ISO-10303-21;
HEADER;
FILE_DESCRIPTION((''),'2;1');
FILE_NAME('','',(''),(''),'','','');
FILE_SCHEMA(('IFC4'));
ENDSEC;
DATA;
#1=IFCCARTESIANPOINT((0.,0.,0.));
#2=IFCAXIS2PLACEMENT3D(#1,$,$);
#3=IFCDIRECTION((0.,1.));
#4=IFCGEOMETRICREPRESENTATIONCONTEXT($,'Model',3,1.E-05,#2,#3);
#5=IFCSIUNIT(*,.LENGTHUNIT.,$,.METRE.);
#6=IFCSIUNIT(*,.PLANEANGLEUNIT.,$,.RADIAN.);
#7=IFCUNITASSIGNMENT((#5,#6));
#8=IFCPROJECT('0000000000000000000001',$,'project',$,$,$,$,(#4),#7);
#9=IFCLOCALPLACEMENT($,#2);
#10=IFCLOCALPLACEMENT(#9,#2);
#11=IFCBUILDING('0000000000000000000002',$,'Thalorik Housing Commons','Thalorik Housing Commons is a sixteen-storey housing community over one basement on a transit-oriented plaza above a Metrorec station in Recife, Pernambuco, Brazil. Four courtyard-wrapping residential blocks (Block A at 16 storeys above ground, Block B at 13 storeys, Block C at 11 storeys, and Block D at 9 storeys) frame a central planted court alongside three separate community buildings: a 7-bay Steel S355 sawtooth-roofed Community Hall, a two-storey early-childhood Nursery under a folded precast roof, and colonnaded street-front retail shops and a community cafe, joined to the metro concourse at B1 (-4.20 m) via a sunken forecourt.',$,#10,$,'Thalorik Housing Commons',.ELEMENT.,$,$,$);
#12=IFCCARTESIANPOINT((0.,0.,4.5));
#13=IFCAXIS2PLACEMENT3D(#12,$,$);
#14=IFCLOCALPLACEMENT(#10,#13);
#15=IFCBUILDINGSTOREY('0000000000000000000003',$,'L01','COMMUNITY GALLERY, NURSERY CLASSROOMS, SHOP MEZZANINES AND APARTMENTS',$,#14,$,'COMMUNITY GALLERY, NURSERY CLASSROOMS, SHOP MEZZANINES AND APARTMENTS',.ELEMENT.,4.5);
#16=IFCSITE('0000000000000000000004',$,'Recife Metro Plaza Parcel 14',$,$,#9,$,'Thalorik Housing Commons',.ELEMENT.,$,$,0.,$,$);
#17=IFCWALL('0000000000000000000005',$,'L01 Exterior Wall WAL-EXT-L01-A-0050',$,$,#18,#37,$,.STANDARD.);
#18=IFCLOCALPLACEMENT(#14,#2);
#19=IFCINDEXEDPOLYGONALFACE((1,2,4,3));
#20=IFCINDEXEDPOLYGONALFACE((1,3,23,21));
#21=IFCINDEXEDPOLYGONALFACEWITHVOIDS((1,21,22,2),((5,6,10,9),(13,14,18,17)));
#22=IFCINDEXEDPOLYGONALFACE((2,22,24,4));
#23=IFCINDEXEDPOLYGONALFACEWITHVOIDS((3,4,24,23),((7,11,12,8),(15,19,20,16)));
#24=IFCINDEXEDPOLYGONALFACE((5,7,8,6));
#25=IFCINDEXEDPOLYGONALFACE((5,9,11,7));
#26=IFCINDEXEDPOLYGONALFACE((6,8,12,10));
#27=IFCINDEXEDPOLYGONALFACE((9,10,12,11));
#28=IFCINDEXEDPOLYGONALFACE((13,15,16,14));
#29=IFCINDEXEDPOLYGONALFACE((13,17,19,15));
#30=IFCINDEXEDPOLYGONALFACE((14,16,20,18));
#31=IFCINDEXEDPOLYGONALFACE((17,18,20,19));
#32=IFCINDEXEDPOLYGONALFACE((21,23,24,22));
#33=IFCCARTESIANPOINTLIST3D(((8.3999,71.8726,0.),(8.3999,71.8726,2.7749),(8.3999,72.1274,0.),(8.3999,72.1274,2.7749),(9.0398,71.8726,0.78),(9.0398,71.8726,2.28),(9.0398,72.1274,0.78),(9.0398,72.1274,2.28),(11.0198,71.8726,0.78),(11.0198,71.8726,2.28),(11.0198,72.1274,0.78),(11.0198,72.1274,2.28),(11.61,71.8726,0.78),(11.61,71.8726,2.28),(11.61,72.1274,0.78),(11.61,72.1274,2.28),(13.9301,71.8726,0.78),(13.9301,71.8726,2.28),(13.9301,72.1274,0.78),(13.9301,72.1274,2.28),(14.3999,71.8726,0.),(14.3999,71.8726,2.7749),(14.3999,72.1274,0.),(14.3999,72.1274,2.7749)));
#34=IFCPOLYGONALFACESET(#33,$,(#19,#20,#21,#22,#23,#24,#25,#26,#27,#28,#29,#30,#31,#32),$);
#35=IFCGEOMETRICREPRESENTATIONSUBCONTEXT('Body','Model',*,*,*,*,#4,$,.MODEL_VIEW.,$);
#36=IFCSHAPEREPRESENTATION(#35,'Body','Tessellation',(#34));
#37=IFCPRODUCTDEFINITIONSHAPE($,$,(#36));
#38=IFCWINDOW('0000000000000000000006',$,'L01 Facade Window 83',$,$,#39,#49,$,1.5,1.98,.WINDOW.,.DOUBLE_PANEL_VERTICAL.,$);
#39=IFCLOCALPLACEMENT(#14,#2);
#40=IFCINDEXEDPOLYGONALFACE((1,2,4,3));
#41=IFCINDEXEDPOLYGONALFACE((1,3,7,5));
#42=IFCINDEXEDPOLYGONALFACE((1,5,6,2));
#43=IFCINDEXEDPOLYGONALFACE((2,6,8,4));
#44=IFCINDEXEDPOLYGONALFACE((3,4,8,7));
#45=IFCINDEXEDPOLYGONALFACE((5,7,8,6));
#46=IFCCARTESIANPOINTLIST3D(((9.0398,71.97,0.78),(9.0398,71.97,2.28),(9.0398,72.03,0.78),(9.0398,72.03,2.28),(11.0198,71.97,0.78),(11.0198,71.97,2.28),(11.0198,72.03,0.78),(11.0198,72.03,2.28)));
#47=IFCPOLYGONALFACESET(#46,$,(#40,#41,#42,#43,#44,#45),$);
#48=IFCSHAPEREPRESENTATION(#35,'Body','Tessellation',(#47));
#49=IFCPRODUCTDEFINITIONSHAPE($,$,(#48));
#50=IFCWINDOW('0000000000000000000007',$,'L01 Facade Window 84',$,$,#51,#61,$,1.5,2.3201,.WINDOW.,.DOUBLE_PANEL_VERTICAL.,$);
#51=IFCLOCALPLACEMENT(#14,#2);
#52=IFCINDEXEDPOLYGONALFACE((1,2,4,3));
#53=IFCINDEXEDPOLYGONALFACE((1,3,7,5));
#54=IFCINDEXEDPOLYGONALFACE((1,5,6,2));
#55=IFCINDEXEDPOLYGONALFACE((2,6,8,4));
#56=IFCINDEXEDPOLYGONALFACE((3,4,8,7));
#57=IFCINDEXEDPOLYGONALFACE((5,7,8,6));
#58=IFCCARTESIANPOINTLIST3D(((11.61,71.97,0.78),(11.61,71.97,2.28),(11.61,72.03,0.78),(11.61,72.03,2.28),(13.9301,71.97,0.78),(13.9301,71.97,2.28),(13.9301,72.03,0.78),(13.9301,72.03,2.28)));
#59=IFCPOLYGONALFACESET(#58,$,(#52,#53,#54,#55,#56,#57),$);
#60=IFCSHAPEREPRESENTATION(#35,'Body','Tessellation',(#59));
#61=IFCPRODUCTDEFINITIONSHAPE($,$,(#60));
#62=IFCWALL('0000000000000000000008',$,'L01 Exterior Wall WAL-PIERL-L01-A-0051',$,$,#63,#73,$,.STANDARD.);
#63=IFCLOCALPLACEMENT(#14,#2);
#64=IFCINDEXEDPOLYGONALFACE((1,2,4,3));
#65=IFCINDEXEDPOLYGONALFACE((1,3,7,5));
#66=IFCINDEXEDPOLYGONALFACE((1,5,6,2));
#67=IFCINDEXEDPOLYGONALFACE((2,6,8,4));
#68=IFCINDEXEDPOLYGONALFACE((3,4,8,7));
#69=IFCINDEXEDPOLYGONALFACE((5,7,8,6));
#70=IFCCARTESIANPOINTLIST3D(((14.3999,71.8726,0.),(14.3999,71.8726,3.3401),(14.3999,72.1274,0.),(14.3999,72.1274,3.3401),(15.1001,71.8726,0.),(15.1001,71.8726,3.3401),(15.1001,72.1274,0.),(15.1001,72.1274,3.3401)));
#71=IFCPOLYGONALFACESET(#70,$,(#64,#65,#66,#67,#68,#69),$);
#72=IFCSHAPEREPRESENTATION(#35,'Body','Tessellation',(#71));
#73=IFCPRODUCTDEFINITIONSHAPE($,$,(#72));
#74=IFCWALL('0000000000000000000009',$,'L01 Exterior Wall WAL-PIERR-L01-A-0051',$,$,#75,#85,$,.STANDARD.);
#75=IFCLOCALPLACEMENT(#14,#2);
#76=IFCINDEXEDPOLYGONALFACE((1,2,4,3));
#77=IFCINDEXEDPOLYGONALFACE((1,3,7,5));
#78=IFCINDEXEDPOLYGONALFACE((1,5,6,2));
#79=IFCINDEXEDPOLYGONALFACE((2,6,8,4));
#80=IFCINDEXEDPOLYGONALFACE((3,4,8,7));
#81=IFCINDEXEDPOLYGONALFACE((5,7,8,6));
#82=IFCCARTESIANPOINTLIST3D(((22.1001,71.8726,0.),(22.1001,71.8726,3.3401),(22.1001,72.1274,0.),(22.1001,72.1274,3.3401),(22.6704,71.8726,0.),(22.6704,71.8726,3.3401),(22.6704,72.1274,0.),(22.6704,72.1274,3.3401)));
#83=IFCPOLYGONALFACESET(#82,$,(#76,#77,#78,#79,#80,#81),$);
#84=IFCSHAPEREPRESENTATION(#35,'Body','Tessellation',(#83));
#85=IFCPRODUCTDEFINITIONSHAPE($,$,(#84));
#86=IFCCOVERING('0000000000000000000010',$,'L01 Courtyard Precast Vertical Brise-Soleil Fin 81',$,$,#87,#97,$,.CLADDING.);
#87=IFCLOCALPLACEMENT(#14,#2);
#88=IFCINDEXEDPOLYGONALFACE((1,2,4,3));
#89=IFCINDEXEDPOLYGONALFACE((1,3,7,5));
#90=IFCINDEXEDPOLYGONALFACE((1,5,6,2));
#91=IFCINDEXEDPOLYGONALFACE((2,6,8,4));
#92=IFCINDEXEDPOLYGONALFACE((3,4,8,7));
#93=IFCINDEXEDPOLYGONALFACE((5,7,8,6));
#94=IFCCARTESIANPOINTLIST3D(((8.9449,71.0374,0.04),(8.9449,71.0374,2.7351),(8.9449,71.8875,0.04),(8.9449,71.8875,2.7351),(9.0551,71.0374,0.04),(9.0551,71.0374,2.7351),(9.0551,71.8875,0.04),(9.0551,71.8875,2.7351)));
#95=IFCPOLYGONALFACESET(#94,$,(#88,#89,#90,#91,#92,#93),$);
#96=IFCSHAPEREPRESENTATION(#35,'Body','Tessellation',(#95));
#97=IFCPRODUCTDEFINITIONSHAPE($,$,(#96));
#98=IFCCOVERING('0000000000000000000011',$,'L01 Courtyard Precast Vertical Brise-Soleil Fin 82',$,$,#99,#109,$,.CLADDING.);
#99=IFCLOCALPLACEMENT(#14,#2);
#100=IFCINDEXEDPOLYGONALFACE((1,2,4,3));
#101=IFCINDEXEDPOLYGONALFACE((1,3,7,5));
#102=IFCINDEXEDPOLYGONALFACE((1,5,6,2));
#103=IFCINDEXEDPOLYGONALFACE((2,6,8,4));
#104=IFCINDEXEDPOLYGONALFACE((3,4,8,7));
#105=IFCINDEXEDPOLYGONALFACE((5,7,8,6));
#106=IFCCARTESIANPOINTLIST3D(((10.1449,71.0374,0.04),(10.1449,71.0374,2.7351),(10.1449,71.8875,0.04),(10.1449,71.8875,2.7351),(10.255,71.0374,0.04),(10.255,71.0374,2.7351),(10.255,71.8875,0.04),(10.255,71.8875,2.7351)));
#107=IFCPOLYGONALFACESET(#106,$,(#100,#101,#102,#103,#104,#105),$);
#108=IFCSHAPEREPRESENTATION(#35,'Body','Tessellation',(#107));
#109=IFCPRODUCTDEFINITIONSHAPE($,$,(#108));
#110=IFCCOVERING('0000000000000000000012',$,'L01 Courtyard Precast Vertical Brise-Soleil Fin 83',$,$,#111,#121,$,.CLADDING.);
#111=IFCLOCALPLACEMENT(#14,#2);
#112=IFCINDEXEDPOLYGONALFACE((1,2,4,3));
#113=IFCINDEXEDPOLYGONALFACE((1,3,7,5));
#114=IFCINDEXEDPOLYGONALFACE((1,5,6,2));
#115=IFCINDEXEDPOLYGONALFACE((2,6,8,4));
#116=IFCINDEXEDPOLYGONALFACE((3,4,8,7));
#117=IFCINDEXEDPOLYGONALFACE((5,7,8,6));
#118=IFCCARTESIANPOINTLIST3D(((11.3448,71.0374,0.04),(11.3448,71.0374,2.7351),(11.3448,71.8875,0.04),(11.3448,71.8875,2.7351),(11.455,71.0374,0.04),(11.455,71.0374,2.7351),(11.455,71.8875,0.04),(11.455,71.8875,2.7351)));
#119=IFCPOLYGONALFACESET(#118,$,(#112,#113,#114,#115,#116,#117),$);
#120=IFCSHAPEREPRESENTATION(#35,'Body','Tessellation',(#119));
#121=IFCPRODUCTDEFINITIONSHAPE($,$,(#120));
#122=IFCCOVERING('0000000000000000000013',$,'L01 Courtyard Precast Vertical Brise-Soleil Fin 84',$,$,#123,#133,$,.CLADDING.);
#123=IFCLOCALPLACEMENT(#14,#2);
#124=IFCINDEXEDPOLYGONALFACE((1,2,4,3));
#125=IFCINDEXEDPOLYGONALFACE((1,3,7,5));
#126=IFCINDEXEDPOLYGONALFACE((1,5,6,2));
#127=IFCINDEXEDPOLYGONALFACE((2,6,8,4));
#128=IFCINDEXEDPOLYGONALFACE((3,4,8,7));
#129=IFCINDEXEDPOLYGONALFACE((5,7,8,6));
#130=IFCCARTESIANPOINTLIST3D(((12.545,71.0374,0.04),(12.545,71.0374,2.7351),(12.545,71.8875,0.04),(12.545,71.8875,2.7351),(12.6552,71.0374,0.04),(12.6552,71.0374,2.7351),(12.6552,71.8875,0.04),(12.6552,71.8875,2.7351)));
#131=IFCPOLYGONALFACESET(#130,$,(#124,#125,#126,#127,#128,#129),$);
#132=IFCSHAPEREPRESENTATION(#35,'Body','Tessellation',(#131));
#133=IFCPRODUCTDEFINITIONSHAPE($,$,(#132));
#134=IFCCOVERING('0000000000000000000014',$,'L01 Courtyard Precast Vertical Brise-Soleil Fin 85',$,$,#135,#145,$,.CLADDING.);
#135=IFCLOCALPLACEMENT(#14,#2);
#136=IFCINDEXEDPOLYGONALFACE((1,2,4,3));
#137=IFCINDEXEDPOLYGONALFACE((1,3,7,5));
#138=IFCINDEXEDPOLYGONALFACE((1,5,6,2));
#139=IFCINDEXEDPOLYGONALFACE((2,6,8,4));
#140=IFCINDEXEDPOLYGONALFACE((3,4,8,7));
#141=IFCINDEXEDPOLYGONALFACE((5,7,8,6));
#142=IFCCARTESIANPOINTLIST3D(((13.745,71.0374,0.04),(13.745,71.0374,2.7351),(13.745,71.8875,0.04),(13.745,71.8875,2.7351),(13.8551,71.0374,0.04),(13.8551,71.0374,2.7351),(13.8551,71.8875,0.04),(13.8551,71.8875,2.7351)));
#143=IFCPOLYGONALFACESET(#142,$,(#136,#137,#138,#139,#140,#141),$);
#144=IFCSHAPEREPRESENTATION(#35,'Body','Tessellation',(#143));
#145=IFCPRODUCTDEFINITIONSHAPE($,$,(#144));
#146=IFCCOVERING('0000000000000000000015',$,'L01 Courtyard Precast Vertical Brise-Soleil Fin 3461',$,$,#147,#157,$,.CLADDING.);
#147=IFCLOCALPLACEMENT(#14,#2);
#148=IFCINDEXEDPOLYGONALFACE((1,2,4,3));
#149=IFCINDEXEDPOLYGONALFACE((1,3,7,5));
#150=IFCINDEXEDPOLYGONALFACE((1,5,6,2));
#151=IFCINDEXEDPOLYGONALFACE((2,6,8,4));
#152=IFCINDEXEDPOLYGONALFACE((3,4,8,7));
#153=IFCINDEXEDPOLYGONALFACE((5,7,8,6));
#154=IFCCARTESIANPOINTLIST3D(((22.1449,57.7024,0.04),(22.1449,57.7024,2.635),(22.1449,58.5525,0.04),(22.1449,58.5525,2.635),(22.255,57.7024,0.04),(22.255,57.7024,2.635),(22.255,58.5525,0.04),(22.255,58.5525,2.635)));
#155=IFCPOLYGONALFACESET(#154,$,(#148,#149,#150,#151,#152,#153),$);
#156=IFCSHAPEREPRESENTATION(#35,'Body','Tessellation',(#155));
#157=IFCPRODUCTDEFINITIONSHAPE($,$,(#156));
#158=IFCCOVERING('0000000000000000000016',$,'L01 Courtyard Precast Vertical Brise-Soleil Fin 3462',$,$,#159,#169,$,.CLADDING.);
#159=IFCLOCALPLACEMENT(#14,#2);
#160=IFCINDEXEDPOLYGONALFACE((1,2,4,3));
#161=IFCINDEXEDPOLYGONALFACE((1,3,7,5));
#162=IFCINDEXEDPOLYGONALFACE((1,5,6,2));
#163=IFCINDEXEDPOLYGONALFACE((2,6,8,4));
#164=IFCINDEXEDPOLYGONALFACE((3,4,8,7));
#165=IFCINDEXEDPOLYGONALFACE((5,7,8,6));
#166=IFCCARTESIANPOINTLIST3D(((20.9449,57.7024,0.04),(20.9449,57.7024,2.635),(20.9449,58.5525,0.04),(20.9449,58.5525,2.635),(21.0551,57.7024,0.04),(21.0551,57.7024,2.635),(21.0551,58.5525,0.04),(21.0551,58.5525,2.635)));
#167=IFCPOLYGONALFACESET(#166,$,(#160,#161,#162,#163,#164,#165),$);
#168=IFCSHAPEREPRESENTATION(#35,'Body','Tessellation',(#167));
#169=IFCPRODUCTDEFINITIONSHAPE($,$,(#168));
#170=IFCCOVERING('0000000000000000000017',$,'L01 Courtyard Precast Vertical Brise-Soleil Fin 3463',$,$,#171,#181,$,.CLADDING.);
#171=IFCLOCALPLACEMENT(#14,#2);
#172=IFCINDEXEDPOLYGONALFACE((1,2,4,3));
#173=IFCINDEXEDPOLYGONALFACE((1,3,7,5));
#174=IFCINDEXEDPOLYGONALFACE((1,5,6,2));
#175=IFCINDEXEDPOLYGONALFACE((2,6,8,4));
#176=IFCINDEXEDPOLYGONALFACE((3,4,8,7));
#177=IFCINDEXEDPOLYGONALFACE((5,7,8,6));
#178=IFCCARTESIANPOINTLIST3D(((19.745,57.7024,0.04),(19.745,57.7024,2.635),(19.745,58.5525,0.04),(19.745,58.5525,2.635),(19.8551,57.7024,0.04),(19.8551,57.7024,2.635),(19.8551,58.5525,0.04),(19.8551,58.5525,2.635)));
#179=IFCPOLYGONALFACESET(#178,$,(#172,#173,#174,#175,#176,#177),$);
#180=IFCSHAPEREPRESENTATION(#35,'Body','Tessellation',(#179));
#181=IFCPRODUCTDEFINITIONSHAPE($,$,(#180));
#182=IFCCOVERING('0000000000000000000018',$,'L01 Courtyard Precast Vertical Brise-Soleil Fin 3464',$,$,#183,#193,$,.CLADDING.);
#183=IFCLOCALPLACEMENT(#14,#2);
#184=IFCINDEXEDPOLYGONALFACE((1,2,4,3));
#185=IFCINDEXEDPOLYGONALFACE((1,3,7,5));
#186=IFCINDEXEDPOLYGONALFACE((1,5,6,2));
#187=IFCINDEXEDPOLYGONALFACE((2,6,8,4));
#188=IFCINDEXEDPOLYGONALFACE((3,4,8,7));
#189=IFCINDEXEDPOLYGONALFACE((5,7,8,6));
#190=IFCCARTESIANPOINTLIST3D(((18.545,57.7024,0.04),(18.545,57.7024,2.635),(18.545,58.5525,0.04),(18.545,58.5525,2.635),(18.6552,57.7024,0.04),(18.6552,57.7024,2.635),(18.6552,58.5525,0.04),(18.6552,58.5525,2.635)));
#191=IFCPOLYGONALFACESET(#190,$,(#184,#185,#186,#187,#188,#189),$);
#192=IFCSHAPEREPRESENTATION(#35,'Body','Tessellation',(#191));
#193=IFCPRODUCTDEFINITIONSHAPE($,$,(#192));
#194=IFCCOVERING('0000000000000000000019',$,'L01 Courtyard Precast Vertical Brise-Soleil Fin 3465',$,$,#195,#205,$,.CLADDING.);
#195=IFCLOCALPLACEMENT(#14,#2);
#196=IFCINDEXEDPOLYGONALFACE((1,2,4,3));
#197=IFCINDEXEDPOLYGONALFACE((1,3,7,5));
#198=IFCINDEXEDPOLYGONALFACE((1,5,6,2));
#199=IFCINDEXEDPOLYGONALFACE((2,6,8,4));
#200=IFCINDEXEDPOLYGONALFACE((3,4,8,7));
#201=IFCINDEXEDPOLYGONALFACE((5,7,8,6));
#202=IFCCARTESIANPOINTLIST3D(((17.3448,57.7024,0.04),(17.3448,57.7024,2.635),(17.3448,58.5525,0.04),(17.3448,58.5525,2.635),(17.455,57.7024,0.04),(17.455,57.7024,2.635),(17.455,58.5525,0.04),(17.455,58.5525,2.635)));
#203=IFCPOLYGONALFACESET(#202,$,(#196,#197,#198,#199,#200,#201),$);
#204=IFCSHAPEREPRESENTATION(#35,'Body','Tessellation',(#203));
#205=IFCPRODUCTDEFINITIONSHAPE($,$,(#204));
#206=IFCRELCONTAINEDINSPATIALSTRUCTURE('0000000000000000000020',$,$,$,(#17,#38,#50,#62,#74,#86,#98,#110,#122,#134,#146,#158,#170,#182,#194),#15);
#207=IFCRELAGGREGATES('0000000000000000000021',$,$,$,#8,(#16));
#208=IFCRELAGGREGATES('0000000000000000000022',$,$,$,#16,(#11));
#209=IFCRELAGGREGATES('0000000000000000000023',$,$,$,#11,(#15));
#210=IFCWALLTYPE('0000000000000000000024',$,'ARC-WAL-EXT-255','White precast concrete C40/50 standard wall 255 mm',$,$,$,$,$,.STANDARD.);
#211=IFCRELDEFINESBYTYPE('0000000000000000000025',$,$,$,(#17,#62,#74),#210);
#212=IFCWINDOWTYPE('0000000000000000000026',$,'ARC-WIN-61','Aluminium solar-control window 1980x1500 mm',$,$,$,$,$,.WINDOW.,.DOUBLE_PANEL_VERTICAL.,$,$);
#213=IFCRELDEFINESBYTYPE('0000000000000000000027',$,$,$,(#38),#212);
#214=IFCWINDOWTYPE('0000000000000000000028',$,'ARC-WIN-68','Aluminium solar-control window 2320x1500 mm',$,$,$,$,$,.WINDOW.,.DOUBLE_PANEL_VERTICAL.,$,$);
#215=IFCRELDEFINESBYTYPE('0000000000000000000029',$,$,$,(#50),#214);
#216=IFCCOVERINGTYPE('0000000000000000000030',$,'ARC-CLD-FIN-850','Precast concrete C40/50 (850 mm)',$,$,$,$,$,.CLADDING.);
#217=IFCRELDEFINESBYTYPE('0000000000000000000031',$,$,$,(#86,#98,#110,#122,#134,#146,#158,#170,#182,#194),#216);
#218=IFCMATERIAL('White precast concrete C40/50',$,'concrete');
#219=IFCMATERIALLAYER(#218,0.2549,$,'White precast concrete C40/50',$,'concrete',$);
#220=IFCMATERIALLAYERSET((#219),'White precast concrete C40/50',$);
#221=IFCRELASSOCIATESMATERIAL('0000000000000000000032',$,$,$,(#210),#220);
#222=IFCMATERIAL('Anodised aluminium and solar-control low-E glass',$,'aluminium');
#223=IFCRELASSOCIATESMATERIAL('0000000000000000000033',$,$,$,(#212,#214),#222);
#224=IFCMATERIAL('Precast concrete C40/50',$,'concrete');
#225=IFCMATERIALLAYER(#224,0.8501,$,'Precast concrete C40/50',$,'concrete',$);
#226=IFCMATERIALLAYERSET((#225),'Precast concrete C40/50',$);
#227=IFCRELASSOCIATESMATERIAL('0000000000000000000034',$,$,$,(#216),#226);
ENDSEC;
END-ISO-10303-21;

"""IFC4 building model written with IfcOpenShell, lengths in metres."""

from ifc_helpers import new_model, si_unit, direction, frame, frame_2d, origin, origin_2d, place, context, subcontext, project, spatial, rectangle, extrude, material, layer, layer_set, type_object, element, fill, save


model = new_model("IFC4")

# Units and contexts
model_context = context("Model", 3, precision=1e-05, world=origin(), true_north=direction((0.0, 1.0)))
body_context = subcontext(model_context, "Body", "Model", "MODEL_VIEW")
ifc_project = project(units=[si_unit("LENGTHUNIT", "METRE"), si_unit("PLANEANGLEUNIT", "RADIAN")], contexts=[model_context])

# Site, building, storey
site_placement = place(None, origin())
site = spatial("IfcSite", under=ifc_project, at=site_placement, Name="Recife Metro Plaza Parcel 14", LongName="Thalorik Housing Commons", CompositionType="ELEMENT", RefElevation=0.0)
building_placement = place(site_placement, origin())
building = spatial("IfcBuilding", under=site, at=building_placement, Name="Thalorik Housing Commons", Description="Thalorik Housing Commons is a sixteen-storey housing community over one basement on a transit-oriented plaza above a Metrorec station in Recife, Pernambuco, Brazil. Four courtyard-wrapping residential blocks (Block A at 16 storeys above ground, Block B at 13 storeys, Block C at 11 storeys, and Block D at 9 storeys) frame a central planted court alongside three separate community buildings: a 7-bay Steel S355 sawtooth-roofed Community Hall, a two-storey early-childhood Nursery under a folded precast roof, and colonnaded street-front retail shops and a community cafe, joined to the metro concourse at B1 (-4.20 m) via a sunken forecourt.", LongName="Thalorik Housing Commons", CompositionType="ELEMENT")
storey_placement = place(building_placement, frame((0.0, 0.0, 4.5)))
storey = spatial("IfcBuildingStorey", under=building, at=storey_placement, Name="L01", Description="COMMUNITY GALLERY, NURSERY CLASSROOMS, SHOP MEZZANINES AND APARTMENTS", LongName="COMMUNITY GALLERY, NURSERY CLASSROOMS, SHOP MEZZANINES AND APARTMENTS", CompositionType="ELEMENT", Elevation=4.5)

# Shared definitions
ifc_material_1 = material(Name="Precast concrete C40/50", Category="concrete")

# Shared definitions
ifc_material_2 = material(Name="Anodised aluminium and solar-control low-E glass", Category="aluminium")

# Wall, openings, windows
ifc_material_3 = material(Name="White precast concrete C40/50", Category="concrete")
ifc_layer_1 = layer(ifc_material_3, 0.2549, Name="White precast concrete C40/50", Category="concrete")
ifc_layer_set_1 = layer_set([ifc_layer_1], Name="White precast concrete C40/50")
wall_type = type_object("IfcWallType", Name="ARC-WAL-EXT-255", Description="White precast concrete C40/50 standard wall 255 mm", PredefinedType="STANDARD", material=ifc_layer_set_1)
wall_1_placement = place(storey_placement, frame((8.3999, 72.0, 0.0), z_axis=(0.0, 0.0, 1.0), x_axis=(1.0, 0.0, 0.0)))
wall_1 = element("IfcWall", 1, at=wall_1_placement, inside=storey, type_object=wall_type, Name="L01 Exterior Wall WAL-EXT-L01-A-0050", PredefinedType="STANDARD", context=body_context, shape_type="SweptSolid", body=[
    extrude(rectangle(XDim=6.0, YDim=0.2549, at=frame_2d((3.0, 0.0))), origin(), (0.0, 0.0, 1.0), 2.7749),
])
opening_1_placement = place(wall_1_placement, frame((0.6399, 0.0, 0.78)))
opening_1 = element("IfcOpeningElement", 2, at=opening_1_placement, cuts=wall_1, PredefinedType="OPENING", context=body_context, shape_type="SweptSolid", body=[
    extrude(rectangle(XDim=1.98, YDim=1.5, at=frame_2d((0.99, 0.75))), frame((0.0, 0.1375, 0.0), z_axis=(0.0, -1.0, 0.0), x_axis=(1.0, 0.0, 0.0)), (0.0, 0.0, 1.0), 0.2749),
])
opening_2_placement = place(wall_1_placement, frame((3.21, 0.0, 0.78)))
opening_2 = element("IfcOpeningElement", 3, at=opening_2_placement, cuts=wall_1, PredefinedType="OPENING", context=body_context, shape_type="SweptSolid", body=[
    extrude(rectangle(XDim=2.3201, YDim=1.5, at=frame_2d((1.1602, 0.75))), frame((0.0, 0.1375, 0.0), z_axis=(0.0, -1.0, 0.0), x_axis=(1.0, 0.0, 0.0)), (0.0, 0.0, 1.0), 0.2749),
])
window_type_1 = type_object("IfcWindowType", Name="ARC-WIN-61", Description="Aluminium solar-control window 1980x1500 mm", PartitioningType="DOUBLE_PANEL_VERTICAL", PredefinedType="WINDOW", material=ifc_material_2)
window_1_placement = place(opening_1_placement, origin())
window_1 = element("IfcWindow", 4, at=window_1_placement, inside=storey, type_object=window_type_1, Name="L01 Facade Window 83", OverallHeight=1.5, OverallWidth=1.98, PartitioningType="DOUBLE_PANEL_VERTICAL", PredefinedType="WINDOW", context=body_context, shape_type="SweptSolid", body=[
    extrude(rectangle(XDim=1.98, YDim=1.5, at=frame_2d((0.99, 0.75))), frame((0.0, 0.03, 0.0), z_axis=(0.0, -1.0, 0.0), x_axis=(1.0, 0.0, 0.0)), (0.0, 0.0, 1.0), 0.0601),
])
fill(opening_1, window_1)
window_type_2 = type_object("IfcWindowType", Name="ARC-WIN-68", Description="Aluminium solar-control window 2320x1500 mm", PartitioningType="DOUBLE_PANEL_VERTICAL", PredefinedType="WINDOW", material=ifc_material_2)
window_2_placement = place(opening_2_placement, origin())
window_2 = element("IfcWindow", 5, at=window_2_placement, inside=storey, type_object=window_type_2, Name="L01 Facade Window 84", OverallHeight=1.5, OverallWidth=2.3201, PartitioningType="DOUBLE_PANEL_VERTICAL", PredefinedType="WINDOW", context=body_context, shape_type="SweptSolid", body=[
    extrude(rectangle(XDim=2.3201, YDim=1.5, at=frame_2d((1.1602, 0.75))), frame((0.0, 0.03, 0.0), z_axis=(0.0, -1.0, 0.0), x_axis=(1.0, 0.0, 0.0)), (0.0, 0.0, 1.0), 0.0601),
])
fill(opening_2, window_2)

# Walls
wall_2_placement = place(storey_placement, frame((14.3999, 72.0, 0.0), z_axis=(0.0, 0.0, 1.0), x_axis=(1.0, 0.0, 0.0)))
element("IfcWall", 6, at=wall_2_placement, inside=storey, type_object=wall_type, Name="L01 Exterior Wall WAL-PIERL-L01-A-0051", PredefinedType="STANDARD", context=body_context, shape_type="SweptSolid", body=[
    extrude(rectangle(XDim=0.7002, YDim=0.2549, at=frame_2d((0.3501, 0.0))), origin(), (0.0, 0.0, 1.0), 3.3401),
])
wall_3_placement = place(storey_placement, frame((22.1001, 72.0, 0.0), z_axis=(0.0, 0.0, 1.0), x_axis=(1.0, 0.0, 0.0)))
element("IfcWall", 7, at=wall_3_placement, inside=storey, type_object=wall_type, Name="L01 Exterior Wall WAL-PIERR-L01-A-0051", PredefinedType="STANDARD", context=body_context, shape_type="SweptSolid", body=[
    extrude(rectangle(XDim=0.5703, YDim=0.2549, at=frame_2d((0.2852, 0.0))), origin(), (0.0, 0.0, 1.0), 3.3401),
])

# Coverings
ifc_layer_2 = layer(ifc_material_1, 0.8501, Name="Precast concrete C40/50", Category="concrete")
ifc_layer_set_2 = layer_set([ifc_layer_2], Name="Precast concrete C40/50")
covering_type_1 = type_object("IfcCoveringType", Name="ARC-CLD-FIN-850", Description="Precast concrete C40/50 (850 mm)", PredefinedType="CLADDING", material=ifc_layer_set_2)
for number, where, z_axis, x_axis, name in (
    (8, (9.0, 71.4624, 0.04), (0.0, 0.0, 1.0), (1.0, 0.0, 0.0), "L01 Courtyard Precast Vertical Brise-Soleil Fin 81"),
    (9, (10.2, 71.4624, 0.04), (0.0, 0.0, 1.0), (1.0, 0.0, 0.0), "L01 Courtyard Precast Vertical Brise-Soleil Fin 82"),
    (10, (11.3999, 71.4624, 0.04), (0.0, 0.0, 1.0), (1.0, 0.0, 0.0), "L01 Courtyard Precast Vertical Brise-Soleil Fin 83"),
    (11, (12.6001, 71.4624, 0.04), (0.0, 0.0, 1.0), (1.0, 0.0, 0.0), "L01 Courtyard Precast Vertical Brise-Soleil Fin 84"),
    (12, (13.8, 71.4624, 0.04), (0.0, 0.0, 1.0), (1.0, 0.0, 0.0), "L01 Courtyard Precast Vertical Brise-Soleil Fin 85"),
):
    element("IfcCovering", number, at=place(storey_placement, frame(where, z_axis=z_axis, x_axis=x_axis)), inside=storey, type_object=covering_type_1, Name=name, PredefinedType="CLADDING", context=body_context, shape_type="SweptSolid", body=[
        extrude(rectangle(XDim=0.1101, YDim=0.8501, at=origin_2d()), origin(), (0.0, 0.0, 1.0), 2.6951),
    ])
for number, where, z_axis, x_axis, name in (
    (13, (22.2, 58.1274, 0.04), (0.0, 0.0, 1.0), (-1.0, 0.0, 0.0), "L01 Courtyard Precast Vertical Brise-Soleil Fin 3461"),
    (14, (21.0, 58.1274, 0.04), (0.0, 0.0, 1.0), (-1.0, 0.0, 0.0), "L01 Courtyard Precast Vertical Brise-Soleil Fin 3462"),
    (15, (19.8, 58.1274, 0.04), (0.0, 0.0, 1.0), (-1.0, 0.0, 0.0), "L01 Courtyard Precast Vertical Brise-Soleil Fin 3463"),
    (16, (18.6001, 58.1274, 0.04), (0.0, 0.0, 1.0), (-1.0, 0.0, 0.0), "L01 Courtyard Precast Vertical Brise-Soleil Fin 3464"),
    (17, (17.3999, 58.1274, 0.04), (0.0, 0.0, 1.0), (-1.0, 0.0, 0.0), "L01 Courtyard Precast Vertical Brise-Soleil Fin 3465"),
):
    element("IfcCovering", number, at=place(storey_placement, frame(where, z_axis=z_axis, x_axis=x_axis)), inside=storey, type_object=covering_type_1, Name=name, PredefinedType="CLADDING", context=body_context, shape_type="SweptSolid", body=[
        extrude(rectangle(XDim=0.1101, YDim=0.8501, at=origin_2d()), origin(), (0.0, 0.0, 1.0), 2.595),
    ])

save(model, "model.ifc")
